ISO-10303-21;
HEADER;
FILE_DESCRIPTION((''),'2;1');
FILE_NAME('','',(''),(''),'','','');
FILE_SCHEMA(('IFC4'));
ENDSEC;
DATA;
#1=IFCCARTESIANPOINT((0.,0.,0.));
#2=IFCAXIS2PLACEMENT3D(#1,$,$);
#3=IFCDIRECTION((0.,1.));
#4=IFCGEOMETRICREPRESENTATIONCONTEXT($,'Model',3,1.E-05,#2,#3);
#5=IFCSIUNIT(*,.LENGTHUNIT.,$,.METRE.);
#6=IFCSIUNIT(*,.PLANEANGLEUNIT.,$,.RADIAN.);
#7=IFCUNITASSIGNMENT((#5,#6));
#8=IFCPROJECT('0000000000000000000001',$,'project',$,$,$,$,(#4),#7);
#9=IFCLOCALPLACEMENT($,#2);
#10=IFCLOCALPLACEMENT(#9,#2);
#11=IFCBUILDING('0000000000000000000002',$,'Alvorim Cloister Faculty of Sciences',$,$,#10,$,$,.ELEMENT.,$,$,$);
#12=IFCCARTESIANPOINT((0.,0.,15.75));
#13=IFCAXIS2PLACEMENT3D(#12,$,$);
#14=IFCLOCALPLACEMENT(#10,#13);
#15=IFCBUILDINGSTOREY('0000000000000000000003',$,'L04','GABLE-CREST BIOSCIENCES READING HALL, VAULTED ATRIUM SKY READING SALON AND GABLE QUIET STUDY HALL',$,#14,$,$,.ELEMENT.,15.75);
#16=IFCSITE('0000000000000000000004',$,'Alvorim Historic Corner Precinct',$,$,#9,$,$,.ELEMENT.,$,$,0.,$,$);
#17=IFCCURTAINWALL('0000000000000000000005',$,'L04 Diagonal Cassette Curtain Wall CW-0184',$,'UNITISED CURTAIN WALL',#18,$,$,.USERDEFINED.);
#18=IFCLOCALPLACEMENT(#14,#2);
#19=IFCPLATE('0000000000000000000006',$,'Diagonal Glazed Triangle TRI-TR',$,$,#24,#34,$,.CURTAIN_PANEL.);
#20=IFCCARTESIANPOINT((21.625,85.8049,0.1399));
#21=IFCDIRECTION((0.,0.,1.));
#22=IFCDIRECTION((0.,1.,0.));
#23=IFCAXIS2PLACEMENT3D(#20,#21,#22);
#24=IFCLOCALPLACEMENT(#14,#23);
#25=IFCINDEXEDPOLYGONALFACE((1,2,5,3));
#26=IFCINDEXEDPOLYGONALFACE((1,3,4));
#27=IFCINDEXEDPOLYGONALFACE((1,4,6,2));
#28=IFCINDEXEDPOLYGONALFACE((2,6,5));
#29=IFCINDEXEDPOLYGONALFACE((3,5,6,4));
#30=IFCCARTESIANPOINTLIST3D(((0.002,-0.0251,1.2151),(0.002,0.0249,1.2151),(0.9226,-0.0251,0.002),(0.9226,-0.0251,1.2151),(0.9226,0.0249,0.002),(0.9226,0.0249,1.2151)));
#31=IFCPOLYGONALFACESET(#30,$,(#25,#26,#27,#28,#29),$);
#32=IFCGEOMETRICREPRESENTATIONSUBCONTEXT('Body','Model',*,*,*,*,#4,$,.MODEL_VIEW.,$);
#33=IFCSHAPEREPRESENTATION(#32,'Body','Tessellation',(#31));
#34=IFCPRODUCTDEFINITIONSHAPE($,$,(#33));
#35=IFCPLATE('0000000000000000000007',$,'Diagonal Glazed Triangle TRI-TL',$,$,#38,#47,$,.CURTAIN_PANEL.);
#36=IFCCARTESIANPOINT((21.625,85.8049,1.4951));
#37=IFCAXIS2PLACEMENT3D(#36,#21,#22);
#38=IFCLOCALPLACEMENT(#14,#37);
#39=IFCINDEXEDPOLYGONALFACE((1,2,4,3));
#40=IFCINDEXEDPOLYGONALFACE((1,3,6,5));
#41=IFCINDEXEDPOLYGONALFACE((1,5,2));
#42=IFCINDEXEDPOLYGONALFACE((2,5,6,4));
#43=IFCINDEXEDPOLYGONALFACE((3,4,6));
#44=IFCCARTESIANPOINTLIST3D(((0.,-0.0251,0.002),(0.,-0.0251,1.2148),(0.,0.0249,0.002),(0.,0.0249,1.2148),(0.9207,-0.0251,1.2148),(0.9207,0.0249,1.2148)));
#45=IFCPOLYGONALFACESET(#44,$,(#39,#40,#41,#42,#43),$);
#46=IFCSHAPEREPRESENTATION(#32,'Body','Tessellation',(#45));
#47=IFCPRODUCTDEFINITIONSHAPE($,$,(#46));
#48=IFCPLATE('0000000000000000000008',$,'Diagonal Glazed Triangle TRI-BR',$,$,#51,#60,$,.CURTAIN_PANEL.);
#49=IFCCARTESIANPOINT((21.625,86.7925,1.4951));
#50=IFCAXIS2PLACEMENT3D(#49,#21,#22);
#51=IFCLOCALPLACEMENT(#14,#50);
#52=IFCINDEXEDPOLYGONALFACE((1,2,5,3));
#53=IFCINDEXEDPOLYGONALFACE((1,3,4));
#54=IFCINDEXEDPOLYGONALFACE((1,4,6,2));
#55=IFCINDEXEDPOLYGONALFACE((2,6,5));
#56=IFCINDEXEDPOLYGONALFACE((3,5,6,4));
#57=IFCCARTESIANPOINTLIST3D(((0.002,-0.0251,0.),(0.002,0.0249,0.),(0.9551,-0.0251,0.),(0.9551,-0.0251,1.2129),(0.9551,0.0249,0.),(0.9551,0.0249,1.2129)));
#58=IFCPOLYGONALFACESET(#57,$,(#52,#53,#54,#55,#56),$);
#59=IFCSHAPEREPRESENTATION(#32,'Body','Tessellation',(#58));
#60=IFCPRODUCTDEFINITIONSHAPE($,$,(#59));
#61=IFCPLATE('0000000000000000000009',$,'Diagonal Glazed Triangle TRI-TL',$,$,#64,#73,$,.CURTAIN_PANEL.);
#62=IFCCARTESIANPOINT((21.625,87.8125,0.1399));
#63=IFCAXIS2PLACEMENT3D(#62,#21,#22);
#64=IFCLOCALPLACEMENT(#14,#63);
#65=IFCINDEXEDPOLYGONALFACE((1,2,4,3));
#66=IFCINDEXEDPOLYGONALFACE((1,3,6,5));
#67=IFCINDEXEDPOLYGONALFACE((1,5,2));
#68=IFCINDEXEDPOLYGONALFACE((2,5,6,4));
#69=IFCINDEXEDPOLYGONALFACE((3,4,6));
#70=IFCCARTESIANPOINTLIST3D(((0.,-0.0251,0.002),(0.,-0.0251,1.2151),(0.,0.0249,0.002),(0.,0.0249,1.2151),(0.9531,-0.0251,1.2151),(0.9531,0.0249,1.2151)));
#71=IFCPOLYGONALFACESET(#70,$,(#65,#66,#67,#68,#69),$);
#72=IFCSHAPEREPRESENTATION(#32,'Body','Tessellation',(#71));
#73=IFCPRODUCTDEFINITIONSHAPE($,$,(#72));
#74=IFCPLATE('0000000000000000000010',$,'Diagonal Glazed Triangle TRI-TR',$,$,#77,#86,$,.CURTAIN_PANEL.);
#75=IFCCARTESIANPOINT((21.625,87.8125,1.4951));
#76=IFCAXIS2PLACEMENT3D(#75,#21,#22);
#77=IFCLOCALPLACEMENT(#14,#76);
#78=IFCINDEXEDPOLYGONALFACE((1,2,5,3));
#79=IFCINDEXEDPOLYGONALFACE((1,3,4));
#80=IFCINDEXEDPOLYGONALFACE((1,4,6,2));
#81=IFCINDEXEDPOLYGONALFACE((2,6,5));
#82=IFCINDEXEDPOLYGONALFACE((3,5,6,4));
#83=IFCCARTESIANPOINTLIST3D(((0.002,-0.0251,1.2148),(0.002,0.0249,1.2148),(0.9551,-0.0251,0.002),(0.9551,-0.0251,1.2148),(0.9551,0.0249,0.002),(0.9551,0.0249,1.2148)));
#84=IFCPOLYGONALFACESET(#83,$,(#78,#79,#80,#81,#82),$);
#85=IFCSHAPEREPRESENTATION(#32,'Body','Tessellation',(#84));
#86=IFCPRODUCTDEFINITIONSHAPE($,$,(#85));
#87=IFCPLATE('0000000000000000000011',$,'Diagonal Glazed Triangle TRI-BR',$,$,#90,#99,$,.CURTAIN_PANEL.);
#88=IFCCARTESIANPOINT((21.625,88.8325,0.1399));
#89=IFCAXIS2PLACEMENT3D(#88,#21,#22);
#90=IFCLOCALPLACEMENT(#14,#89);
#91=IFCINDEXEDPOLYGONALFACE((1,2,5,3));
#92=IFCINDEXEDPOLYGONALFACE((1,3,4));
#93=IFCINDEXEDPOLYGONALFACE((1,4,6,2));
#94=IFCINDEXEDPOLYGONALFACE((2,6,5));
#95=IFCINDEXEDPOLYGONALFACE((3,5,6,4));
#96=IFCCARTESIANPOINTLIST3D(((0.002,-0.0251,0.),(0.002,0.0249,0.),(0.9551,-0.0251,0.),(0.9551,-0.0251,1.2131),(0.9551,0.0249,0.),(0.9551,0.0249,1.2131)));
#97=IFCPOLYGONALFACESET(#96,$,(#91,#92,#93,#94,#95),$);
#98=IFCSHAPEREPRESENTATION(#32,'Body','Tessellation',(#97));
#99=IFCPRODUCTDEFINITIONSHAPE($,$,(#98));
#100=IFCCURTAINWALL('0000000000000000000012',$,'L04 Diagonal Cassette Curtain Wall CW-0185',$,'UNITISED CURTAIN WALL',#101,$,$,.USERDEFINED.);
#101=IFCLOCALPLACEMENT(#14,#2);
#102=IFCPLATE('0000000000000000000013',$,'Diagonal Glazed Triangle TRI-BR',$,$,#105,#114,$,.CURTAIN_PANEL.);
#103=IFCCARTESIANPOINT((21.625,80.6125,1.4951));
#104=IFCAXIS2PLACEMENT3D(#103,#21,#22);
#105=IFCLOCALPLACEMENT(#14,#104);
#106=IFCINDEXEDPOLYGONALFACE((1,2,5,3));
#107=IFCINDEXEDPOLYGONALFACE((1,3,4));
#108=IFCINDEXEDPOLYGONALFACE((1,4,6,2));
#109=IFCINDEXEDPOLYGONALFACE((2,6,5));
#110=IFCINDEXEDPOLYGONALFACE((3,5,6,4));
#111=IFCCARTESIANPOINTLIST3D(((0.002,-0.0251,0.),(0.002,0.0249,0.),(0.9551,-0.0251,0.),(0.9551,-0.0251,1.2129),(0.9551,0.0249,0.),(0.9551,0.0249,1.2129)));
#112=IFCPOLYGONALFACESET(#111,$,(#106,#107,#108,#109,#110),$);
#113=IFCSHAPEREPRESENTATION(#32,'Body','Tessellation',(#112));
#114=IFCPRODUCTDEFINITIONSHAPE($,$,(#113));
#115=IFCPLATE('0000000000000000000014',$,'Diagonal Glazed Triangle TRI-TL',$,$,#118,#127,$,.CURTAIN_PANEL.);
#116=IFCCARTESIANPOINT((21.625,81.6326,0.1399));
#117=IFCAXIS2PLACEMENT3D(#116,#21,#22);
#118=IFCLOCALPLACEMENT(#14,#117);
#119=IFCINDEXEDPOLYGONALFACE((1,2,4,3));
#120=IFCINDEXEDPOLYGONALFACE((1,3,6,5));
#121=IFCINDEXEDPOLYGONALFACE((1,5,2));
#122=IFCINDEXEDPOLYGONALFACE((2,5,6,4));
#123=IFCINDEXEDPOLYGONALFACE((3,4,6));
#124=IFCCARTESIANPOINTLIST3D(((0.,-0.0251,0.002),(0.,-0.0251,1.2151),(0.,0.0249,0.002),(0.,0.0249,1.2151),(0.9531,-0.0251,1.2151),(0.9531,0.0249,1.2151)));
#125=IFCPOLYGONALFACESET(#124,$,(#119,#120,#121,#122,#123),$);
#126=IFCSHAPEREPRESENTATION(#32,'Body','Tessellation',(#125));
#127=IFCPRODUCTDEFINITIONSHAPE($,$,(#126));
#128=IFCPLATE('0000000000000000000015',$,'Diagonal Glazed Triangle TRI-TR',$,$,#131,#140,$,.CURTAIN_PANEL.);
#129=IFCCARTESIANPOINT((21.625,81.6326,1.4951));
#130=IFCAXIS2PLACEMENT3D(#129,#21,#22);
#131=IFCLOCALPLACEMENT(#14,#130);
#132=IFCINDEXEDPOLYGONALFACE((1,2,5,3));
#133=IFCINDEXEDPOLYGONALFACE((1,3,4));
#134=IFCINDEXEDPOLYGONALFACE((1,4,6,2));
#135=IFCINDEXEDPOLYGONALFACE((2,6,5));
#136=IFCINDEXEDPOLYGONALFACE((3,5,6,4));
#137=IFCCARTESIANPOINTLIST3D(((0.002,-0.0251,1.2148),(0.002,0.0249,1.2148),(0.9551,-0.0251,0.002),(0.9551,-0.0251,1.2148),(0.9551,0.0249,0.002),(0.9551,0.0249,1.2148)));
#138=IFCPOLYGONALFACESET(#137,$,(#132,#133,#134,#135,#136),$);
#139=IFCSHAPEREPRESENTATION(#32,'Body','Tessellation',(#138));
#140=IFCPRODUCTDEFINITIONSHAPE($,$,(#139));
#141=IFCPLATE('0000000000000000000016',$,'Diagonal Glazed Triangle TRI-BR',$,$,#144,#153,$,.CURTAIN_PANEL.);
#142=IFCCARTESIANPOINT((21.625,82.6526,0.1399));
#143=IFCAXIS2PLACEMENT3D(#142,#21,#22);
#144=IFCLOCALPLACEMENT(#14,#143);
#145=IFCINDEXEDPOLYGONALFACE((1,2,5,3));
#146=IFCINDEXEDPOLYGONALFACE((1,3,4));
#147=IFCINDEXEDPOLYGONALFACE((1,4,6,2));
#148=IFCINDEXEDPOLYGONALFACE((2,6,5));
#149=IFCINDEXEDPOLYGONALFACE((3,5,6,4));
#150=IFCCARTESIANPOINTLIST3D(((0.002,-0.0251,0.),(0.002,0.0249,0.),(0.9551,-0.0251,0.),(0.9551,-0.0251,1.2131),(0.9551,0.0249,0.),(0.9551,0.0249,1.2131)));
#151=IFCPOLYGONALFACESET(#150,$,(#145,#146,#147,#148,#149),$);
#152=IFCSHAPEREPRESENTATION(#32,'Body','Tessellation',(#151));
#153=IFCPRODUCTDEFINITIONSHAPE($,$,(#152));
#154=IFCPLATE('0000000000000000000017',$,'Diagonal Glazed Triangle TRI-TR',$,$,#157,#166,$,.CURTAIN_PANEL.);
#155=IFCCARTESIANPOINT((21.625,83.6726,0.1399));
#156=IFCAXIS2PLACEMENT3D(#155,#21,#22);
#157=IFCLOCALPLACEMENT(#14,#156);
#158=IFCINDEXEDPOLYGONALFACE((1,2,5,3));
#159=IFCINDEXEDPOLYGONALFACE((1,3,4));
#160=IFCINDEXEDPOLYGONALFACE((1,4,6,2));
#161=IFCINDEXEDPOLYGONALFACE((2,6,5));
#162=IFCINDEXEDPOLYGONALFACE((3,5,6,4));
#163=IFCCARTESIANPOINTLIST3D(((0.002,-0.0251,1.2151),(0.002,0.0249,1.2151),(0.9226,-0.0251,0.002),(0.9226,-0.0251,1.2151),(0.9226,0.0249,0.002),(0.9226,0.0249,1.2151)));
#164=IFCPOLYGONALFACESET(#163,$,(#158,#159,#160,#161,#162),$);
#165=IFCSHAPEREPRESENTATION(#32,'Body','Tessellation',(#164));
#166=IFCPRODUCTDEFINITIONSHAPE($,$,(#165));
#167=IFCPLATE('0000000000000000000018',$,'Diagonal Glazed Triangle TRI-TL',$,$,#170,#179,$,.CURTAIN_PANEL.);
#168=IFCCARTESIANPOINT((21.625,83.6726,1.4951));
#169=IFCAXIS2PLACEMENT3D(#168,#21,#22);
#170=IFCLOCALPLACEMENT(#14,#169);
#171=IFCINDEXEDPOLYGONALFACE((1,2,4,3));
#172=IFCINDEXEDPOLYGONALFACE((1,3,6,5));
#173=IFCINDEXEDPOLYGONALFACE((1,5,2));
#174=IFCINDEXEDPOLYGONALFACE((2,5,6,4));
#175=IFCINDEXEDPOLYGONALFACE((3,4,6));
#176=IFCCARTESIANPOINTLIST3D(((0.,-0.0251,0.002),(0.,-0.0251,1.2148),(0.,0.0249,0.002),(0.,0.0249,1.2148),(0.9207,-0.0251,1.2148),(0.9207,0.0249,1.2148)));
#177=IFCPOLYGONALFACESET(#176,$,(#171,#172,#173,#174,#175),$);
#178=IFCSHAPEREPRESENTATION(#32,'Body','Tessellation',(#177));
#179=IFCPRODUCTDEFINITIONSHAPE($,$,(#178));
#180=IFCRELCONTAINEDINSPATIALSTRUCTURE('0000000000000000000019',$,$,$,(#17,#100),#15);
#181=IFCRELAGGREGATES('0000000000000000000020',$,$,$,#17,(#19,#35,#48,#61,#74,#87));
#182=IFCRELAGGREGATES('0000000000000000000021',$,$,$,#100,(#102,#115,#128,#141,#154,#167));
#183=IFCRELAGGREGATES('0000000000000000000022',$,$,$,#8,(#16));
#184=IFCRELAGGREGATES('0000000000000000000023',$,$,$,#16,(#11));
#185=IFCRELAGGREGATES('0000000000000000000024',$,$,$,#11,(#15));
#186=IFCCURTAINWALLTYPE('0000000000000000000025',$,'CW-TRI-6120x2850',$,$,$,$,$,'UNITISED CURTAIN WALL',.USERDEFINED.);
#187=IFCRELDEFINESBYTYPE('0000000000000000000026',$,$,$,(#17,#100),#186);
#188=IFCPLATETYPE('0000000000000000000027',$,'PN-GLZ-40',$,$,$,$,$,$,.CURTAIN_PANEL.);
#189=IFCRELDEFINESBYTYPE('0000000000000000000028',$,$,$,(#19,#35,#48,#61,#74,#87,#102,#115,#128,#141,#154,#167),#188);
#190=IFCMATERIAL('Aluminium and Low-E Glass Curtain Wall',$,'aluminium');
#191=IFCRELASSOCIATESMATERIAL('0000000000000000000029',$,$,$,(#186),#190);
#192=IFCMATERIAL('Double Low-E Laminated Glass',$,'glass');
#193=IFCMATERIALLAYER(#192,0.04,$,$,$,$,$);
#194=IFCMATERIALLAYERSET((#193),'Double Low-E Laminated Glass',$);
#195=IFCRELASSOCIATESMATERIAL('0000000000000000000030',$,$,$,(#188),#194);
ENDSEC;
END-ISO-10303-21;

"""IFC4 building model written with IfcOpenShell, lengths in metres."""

from ifc_helpers import new_model, si_unit, direction, frame, origin, place, context, subcontext, project, spatial, polyline, outline, extrude, material, layer, layer_set, type_object, element, aggregate, save


model = new_model("IFC4")

# Units and contexts
model_context = context("Model", 3, precision=1e-05, world=origin(), true_north=direction((0.0, 1.0)))
body_context = subcontext(model_context, "Body", "Model", "MODEL_VIEW")
ifc_project = project(units=[si_unit("LENGTHUNIT", "METRE"), si_unit("PLANEANGLEUNIT", "RADIAN")], contexts=[model_context])

# Site, building, storey
site_placement = place(None, origin())
site = spatial("IfcSite", under=ifc_project, at=site_placement, Name="Alvorim Historic Corner Precinct", CompositionType="ELEMENT", RefElevation=0.0)
building_placement = place(site_placement, origin())
building = spatial("IfcBuilding", under=site, at=building_placement, Name="Alvorim Cloister Faculty of Sciences", CompositionType="ELEMENT")
storey_placement = place(building_placement, frame((0.0, 0.0, 15.75)))
storey = spatial("IfcBuildingStorey", under=building, at=storey_placement, Name="L04", Description="GABLE-CREST BIOSCIENCES READING HALL, VAULTED ATRIUM SKY READING SALON AND GABLE QUIET STUDY HALL", CompositionType="ELEMENT", Elevation=15.75)

# Curtain walls, plates
ifc_material_1 = material(Name="Aluminium and Low-E Glass Curtain Wall", Category="aluminium")
curtain_wall_type = type_object("IfcCurtainWallType", Name="CW-TRI-6120x2850", ElementType="UNITISED CURTAIN WALL", PredefinedType="USERDEFINED", material=ifc_material_1)
curtain_wall_1_placement = place(storey_placement, origin())
curtain_wall_1 = element("IfcCurtainWall", 1, at=curtain_wall_1_placement, inside=storey, type_object=curtain_wall_type, Name="L04 Diagonal Cassette Curtain Wall CW-0184", ObjectType="UNITISED CURTAIN WALL", PredefinedType="USERDEFINED")
ifc_material_2 = material(Name="Double Low-E Laminated Glass", Category="glass")
ifc_layer_1 = layer(ifc_material_2, 0.04)
ifc_layer_set_1 = layer_set([ifc_layer_1], Name="Double Low-E Laminated Glass")
plate_type = type_object("IfcPlateType", Name="PN-GLZ-40", PredefinedType="CURTAIN_PANEL", material=ifc_layer_set_1)
plate_1_placement = place(storey_placement, frame((21.625, 85.8049, 0.1399), z_axis=(0.0, 0.0, 1.0), x_axis=(0.0, 1.0, 0.0)))
plate_1 = element("IfcPlate", 2, at=plate_1_placement, type_object=plate_type, Name="Diagonal Glazed Triangle TRI-TR", PredefinedType="CURTAIN_PANEL", context=body_context, shape_type="SweptSolid", body=[
    extrude(outline(polyline([(0.9226, 0.002), (0.9226, 1.2151), (0.002, 1.2151), (0.9226, 0.002)])), frame((0.0, 0.0249, 0.0), z_axis=(0.0, -1.0, 0.0), x_axis=(1.0, 0.0, 0.0)), (0.0, 0.0, 1.0), 0.05),
])
plate_2_placement = place(storey_placement, frame((21.625, 85.8049, 1.4951), z_axis=(0.0, 0.0, 1.0), x_axis=(0.0, 1.0, 0.0)))
plate_2 = element("IfcPlate", 3, at=plate_2_placement, type_object=plate_type, Name="Diagonal Glazed Triangle TRI-TL", PredefinedType="CURTAIN_PANEL", context=body_context, shape_type="SweptSolid", body=[
    extrude(outline(polyline([(0.9207, 1.2148), (0.0, 1.2148), (0.0, 0.002), (0.9207, 1.2148)])), frame((0.0, 0.0249, 0.0), z_axis=(0.0, -1.0, 0.0), x_axis=(1.0, 0.0, 0.0)), (0.0, 0.0, 1.0), 0.05),
])
plate_3_placement = place(storey_placement, frame((21.625, 86.7925, 1.4951), z_axis=(0.0, 0.0, 1.0), x_axis=(0.0, 1.0, 0.0)))
plate_3 = element("IfcPlate", 4, at=plate_3_placement, type_object=plate_type, Name="Diagonal Glazed Triangle TRI-BR", PredefinedType="CURTAIN_PANEL", context=body_context, shape_type="SweptSolid", body=[
    extrude(outline(polyline([(0.002, 0.0), (0.9551, 0.0), (0.9551, 1.2129), (0.002, 0.0)])), frame((0.0, 0.0249, 0.0), z_axis=(0.0, -1.0, 0.0), x_axis=(1.0, 0.0, 0.0)), (0.0, 0.0, 1.0), 0.05),
])
plate_4_placement = place(storey_placement, frame((21.625, 87.8125, 0.1399), z_axis=(0.0, 0.0, 1.0), x_axis=(0.0, 1.0, 0.0)))
plate_4 = element("IfcPlate", 5, at=plate_4_placement, type_object=plate_type, Name="Diagonal Glazed Triangle TRI-TL", PredefinedType="CURTAIN_PANEL", context=body_context, shape_type="SweptSolid", body=[
    extrude(outline(polyline([(0.9531, 1.2151), (0.0, 1.2151), (0.0, 0.002), (0.9531, 1.2151)])), frame((0.0, 0.0249, 0.0), z_axis=(0.0, -1.0, 0.0), x_axis=(1.0, 0.0, 0.0)), (0.0, 0.0, 1.0), 0.05),
])
plate_5_placement = place(storey_placement, frame((21.625, 87.8125, 1.4951), z_axis=(0.0, 0.0, 1.0), x_axis=(0.0, 1.0, 0.0)))
plate_5 = element("IfcPlate", 6, at=plate_5_placement, type_object=plate_type, Name="Diagonal Glazed Triangle TRI-TR", PredefinedType="CURTAIN_PANEL", context=body_context, shape_type="SweptSolid", body=[
    extrude(outline(polyline([(0.9551, 0.002), (0.9551, 1.2148), (0.002, 1.2148), (0.9551, 0.002)])), frame((0.0, 0.0249, 0.0), z_axis=(0.0, -1.0, 0.0), x_axis=(1.0, 0.0, 0.0)), (0.0, 0.0, 1.0), 0.05),
])
plate_6_placement = place(storey_placement, frame((21.625, 88.8325, 0.1399), z_axis=(0.0, 0.0, 1.0), x_axis=(0.0, 1.0, 0.0)))
plate_6 = element("IfcPlate", 7, at=plate_6_placement, type_object=plate_type, Name="Diagonal Glazed Triangle TRI-BR", PredefinedType="CURTAIN_PANEL", context=body_context, shape_type="SweptSolid", body=[
    extrude(outline(polyline([(0.002, 0.0), (0.9551, 0.0), (0.9551, 1.2131), (0.002, 0.0)])), frame((0.0, 0.0249, 0.0), z_axis=(0.0, -1.0, 0.0), x_axis=(1.0, 0.0, 0.0)), (0.0, 0.0, 1.0), 0.05),
])
aggregate(curtain_wall_1, [plate_1, plate_2, plate_3, plate_4, plate_5, plate_6])
curtain_wall_2_placement = place(storey_placement, origin())
curtain_wall_2 = element("IfcCurtainWall", 8, at=curtain_wall_2_placement, inside=storey, type_object=curtain_wall_type, Name="L04 Diagonal Cassette Curtain Wall CW-0185", ObjectType="UNITISED CURTAIN WALL", PredefinedType="USERDEFINED")
plate_7_placement = place(storey_placement, frame((21.625, 80.6125, 1.4951), z_axis=(0.0, 0.0, 1.0), x_axis=(0.0, 1.0, 0.0)))
plate_7 = element("IfcPlate", 9, at=plate_7_placement, type_object=plate_type, Name="Diagonal Glazed Triangle TRI-BR", PredefinedType="CURTAIN_PANEL", context=body_context, shape_type="SweptSolid", body=[
    extrude(outline(polyline([(0.002, 0.0), (0.9551, 0.0), (0.9551, 1.2129), (0.002, 0.0)])), frame((0.0, 0.0249, 0.0), z_axis=(0.0, -1.0, 0.0), x_axis=(1.0, 0.0, 0.0)), (0.0, 0.0, 1.0), 0.05),
])
plate_8_placement = place(storey_placement, frame((21.625, 81.6326, 0.1399), z_axis=(0.0, 0.0, 1.0), x_axis=(0.0, 1.0, 0.0)))
plate_8 = element("IfcPlate", 10, at=plate_8_placement, type_object=plate_type, Name="Diagonal Glazed Triangle TRI-TL", PredefinedType="CURTAIN_PANEL", context=body_context, shape_type="SweptSolid", body=[
    extrude(outline(polyline([(0.9531, 1.2151), (0.0, 1.2151), (0.0, 0.002), (0.9531, 1.2151)])), frame((0.0, 0.0249, 0.0), z_axis=(0.0, -1.0, 0.0), x_axis=(1.0, 0.0, 0.0)), (0.0, 0.0, 1.0), 0.05),
])
plate_9_placement = place(storey_placement, frame((21.625, 81.6326, 1.4951), z_axis=(0.0, 0.0, 1.0), x_axis=(0.0, 1.0, 0.0)))
plate_9 = element("IfcPlate", 11, at=plate_9_placement, type_object=plate_type, Name="Diagonal Glazed Triangle TRI-TR", PredefinedType="CURTAIN_PANEL", context=body_context, shape_type="SweptSolid", body=[
    extrude(outline(polyline([(0.9551, 0.002), (0.9551, 1.2148), (0.002, 1.2148), (0.9551, 0.002)])), frame((0.0, 0.0249, 0.0), z_axis=(0.0, -1.0, 0.0), x_axis=(1.0, 0.0, 0.0)), (0.0, 0.0, 1.0), 0.05),
])
plate_10_placement = place(storey_placement, frame((21.625, 82.6526, 0.1399), z_axis=(0.0, 0.0, 1.0), x_axis=(0.0, 1.0, 0.0)))
plate_10 = element("IfcPlate", 12, at=plate_10_placement, type_object=plate_type, Name="Diagonal Glazed Triangle TRI-BR", PredefinedType="CURTAIN_PANEL", context=body_context, shape_type="SweptSolid", body=[
    extrude(outline(polyline([(0.002, 0.0), (0.9551, 0.0), (0.9551, 1.2131), (0.002, 0.0)])), frame((0.0, 0.0249, 0.0), z_axis=(0.0, -1.0, 0.0), x_axis=(1.0, 0.0, 0.0)), (0.0, 0.0, 1.0), 0.05),
])
plate_11_placement = place(storey_placement, frame((21.625, 83.6726, 0.1399), z_axis=(0.0, 0.0, 1.0), x_axis=(0.0, 1.0, 0.0)))
plate_11 = element("IfcPlate", 13, at=plate_11_placement, type_object=plate_type, Name="Diagonal Glazed Triangle TRI-TR", PredefinedType="CURTAIN_PANEL", context=body_context, shape_type="SweptSolid", body=[
    extrude(outline(polyline([(0.9226, 0.002), (0.9226, 1.2151), (0.002, 1.2151), (0.9226, 0.002)])), frame((0.0, 0.0249, 0.0), z_axis=(0.0, -1.0, 0.0), x_axis=(1.0, 0.0, 0.0)), (0.0, 0.0, 1.0), 0.05),
])
plate_12_placement = place(storey_placement, frame((21.625, 83.6726, 1.4951), z_axis=(0.0, 0.0, 1.0), x_axis=(0.0, 1.0, 0.0)))
plate_12 = element("IfcPlate", 14, at=plate_12_placement, type_object=plate_type, Name="Diagonal Glazed Triangle TRI-TL", PredefinedType="CURTAIN_PANEL", context=body_context, shape_type="SweptSolid", body=[
    extrude(outline(polyline([(0.9207, 1.2148), (0.0, 1.2148), (0.0, 0.002), (0.9207, 1.2148)])), frame((0.0, 0.0249, 0.0), z_axis=(0.0, -1.0, 0.0), x_axis=(1.0, 0.0, 0.0)), (0.0, 0.0, 1.0), 0.05),
])
aggregate(curtain_wall_2, [plate_7, plate_8, plate_9, plate_10, plate_11, plate_12])

save(model, "model.ifc")
